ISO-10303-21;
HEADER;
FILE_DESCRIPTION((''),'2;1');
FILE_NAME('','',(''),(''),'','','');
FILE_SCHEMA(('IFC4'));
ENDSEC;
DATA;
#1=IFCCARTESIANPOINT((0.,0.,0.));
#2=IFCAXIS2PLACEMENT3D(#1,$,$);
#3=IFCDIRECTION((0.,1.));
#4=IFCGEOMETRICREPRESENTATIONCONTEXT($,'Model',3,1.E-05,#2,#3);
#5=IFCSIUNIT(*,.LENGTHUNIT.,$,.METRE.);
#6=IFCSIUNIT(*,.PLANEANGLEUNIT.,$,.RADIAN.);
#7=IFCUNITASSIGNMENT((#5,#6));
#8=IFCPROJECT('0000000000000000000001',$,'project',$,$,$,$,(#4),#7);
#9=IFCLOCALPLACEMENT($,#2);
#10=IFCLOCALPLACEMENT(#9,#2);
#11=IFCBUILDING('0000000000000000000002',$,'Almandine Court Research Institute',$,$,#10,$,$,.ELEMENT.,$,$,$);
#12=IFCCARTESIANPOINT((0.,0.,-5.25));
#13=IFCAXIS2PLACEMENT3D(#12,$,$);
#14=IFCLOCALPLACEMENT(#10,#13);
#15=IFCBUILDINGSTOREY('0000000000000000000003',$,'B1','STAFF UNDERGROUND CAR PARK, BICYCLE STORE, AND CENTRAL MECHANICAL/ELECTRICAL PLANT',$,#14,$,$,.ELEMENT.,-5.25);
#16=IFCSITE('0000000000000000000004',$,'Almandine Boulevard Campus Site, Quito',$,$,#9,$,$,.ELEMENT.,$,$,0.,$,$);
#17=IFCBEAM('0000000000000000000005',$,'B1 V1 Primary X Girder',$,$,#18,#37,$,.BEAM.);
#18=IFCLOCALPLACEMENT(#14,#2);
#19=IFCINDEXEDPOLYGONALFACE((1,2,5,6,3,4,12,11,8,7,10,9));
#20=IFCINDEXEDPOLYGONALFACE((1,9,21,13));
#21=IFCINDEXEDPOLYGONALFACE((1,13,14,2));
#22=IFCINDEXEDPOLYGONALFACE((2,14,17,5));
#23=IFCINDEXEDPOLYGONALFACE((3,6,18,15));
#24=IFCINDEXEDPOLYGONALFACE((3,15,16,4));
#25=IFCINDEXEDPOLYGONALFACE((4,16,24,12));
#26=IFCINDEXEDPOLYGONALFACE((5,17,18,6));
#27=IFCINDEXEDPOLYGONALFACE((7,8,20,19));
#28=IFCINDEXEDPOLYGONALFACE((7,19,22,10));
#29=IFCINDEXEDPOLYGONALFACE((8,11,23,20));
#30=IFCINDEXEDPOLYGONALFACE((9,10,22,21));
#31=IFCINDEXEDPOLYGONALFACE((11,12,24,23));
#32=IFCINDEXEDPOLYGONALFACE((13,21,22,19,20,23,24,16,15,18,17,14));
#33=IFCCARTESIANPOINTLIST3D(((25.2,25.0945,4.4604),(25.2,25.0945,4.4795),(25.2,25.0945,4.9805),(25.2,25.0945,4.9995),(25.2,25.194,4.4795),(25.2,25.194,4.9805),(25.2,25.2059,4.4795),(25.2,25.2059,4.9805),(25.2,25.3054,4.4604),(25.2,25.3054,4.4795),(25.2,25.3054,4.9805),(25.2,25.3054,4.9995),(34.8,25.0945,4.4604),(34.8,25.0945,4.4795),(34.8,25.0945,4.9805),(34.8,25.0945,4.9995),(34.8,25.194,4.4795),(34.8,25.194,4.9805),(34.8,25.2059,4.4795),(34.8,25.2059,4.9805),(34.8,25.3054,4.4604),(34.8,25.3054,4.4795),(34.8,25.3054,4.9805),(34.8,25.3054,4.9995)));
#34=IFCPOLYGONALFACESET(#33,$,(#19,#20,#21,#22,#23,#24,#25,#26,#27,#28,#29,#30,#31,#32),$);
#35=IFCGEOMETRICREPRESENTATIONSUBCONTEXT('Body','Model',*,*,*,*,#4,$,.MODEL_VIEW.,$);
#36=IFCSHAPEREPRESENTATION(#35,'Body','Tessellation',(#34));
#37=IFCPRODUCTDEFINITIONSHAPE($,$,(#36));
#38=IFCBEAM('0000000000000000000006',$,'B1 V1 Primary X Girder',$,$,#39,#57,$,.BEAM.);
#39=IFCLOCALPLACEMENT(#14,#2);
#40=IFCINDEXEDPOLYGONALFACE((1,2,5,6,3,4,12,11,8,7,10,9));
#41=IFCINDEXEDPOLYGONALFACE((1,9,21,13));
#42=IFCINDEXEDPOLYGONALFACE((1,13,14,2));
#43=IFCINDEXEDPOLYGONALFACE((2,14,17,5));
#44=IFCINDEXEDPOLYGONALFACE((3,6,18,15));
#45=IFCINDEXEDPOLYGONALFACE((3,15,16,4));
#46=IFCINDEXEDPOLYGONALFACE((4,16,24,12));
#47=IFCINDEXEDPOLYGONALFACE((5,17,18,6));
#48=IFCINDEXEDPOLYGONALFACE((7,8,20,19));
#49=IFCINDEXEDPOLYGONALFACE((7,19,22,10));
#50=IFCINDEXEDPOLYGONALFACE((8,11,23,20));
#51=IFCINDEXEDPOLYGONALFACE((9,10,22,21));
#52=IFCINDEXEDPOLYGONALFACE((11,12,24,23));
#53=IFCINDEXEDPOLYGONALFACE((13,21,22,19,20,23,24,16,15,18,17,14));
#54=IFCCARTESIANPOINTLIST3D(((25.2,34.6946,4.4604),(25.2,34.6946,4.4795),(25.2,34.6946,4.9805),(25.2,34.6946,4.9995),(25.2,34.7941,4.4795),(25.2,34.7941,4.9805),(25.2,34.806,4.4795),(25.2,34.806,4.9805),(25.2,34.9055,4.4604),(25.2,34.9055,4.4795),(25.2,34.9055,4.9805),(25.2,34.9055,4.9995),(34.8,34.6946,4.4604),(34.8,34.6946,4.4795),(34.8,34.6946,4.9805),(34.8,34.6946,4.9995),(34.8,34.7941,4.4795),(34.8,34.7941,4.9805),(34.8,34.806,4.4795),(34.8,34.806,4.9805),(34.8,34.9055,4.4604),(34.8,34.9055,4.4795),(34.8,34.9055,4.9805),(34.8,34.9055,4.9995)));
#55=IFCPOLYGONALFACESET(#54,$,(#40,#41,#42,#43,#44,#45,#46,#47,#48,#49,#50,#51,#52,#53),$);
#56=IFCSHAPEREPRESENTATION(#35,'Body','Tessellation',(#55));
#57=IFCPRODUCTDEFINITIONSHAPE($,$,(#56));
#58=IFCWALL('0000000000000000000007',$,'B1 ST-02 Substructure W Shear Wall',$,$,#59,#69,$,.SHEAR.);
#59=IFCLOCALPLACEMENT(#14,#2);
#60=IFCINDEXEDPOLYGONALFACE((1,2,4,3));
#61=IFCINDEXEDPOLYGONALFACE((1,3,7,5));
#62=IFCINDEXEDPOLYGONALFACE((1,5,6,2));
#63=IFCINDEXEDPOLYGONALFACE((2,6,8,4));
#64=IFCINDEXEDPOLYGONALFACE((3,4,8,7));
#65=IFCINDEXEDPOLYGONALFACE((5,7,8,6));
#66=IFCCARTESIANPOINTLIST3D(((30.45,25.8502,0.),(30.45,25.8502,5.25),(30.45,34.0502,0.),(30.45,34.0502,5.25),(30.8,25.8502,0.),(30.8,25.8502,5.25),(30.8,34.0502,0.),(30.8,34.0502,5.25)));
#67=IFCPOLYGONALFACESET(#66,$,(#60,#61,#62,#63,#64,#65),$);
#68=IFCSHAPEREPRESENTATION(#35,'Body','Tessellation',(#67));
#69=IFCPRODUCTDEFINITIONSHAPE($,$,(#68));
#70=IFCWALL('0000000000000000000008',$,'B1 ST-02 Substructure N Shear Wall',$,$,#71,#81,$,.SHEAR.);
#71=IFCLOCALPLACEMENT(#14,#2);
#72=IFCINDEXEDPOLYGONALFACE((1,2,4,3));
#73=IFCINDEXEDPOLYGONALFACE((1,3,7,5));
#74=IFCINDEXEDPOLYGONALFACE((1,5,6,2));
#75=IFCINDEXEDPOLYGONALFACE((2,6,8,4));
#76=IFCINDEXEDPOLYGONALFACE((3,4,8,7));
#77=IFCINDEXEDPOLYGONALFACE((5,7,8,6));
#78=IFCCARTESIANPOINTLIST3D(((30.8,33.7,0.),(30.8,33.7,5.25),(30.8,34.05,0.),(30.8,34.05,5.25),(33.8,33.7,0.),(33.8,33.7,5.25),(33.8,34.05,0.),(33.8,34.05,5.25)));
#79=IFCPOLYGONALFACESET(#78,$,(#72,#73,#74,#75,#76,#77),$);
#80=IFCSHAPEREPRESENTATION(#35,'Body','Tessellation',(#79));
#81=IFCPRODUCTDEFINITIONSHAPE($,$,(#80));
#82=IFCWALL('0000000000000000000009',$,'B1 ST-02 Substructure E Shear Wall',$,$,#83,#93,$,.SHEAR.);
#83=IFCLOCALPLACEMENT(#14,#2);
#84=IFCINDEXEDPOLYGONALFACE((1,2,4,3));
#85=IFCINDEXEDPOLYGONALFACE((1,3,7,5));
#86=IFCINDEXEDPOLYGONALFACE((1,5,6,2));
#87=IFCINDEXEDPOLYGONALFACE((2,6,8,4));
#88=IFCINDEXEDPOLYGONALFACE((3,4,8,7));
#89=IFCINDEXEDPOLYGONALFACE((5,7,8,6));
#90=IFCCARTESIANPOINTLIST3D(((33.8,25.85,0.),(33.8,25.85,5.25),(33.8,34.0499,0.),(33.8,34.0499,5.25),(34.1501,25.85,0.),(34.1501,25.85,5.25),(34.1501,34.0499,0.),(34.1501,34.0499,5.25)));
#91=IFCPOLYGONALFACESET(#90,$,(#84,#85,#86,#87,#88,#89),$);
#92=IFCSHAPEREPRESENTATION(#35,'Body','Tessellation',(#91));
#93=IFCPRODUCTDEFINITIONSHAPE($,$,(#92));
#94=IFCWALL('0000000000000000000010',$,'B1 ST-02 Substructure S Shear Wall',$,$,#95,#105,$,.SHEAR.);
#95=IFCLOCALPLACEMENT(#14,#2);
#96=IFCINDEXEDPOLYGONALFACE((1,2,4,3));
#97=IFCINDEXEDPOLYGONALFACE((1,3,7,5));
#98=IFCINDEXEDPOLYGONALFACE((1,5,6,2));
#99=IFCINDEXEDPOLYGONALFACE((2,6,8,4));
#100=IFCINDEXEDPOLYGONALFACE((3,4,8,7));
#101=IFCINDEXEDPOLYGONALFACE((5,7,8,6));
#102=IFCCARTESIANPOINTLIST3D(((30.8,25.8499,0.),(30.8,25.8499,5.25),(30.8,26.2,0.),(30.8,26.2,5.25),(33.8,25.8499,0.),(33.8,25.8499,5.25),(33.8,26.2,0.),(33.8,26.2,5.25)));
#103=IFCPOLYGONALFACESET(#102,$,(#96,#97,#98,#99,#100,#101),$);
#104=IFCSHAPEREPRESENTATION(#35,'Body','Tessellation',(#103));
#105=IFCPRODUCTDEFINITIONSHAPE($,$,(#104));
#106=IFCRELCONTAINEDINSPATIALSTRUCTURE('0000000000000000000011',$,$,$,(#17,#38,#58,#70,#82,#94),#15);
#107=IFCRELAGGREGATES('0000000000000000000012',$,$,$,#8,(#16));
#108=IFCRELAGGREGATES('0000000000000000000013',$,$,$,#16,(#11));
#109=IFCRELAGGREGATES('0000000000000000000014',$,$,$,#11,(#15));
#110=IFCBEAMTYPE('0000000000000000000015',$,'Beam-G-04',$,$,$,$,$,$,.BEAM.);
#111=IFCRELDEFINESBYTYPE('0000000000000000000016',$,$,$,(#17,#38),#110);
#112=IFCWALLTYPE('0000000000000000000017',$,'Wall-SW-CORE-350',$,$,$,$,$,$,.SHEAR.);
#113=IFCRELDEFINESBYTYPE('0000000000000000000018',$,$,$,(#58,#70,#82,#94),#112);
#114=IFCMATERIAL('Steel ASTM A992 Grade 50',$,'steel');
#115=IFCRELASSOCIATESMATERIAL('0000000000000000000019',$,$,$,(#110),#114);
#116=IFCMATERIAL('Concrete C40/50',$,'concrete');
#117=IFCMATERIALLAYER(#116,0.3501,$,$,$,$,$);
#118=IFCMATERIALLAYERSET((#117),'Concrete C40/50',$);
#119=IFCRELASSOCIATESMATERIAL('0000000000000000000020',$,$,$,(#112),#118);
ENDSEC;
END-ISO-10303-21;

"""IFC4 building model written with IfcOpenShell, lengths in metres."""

from ifc_helpers import new_model, si_unit, direction, frame, frame_2d, origin, origin_2d, place, context, subcontext, project, spatial, rectangle, i_section, extrude, material, layer, layer_set, material_profile, profile_set, type_object, element, save


model = new_model("IFC4")

# Units and contexts
model_context = context("Model", 3, precision=1e-05, world=origin(), true_north=direction((0.0, 1.0)))
body_context = subcontext(model_context, "Body", "Model", "MODEL_VIEW")
ifc_project = project(units=[si_unit("LENGTHUNIT", "METRE"), si_unit("PLANEANGLEUNIT", "RADIAN")], contexts=[model_context])

# Site, building, storey
site_placement = place(None, origin())
site = spatial("IfcSite", under=ifc_project, at=site_placement, Name="Almandine Boulevard Campus Site, Quito", CompositionType="ELEMENT", RefElevation=0.0)
building_placement = place(site_placement, origin())
building = spatial("IfcBuilding", under=site, at=building_placement, Name="Almandine Court Research Institute", CompositionType="ELEMENT")
storey_placement = place(building_placement, frame((0.0, 0.0, -5.25)))
storey = spatial("IfcBuildingStorey", under=building, at=storey_placement, Name="B1", Description="STAFF UNDERGROUND CAR PARK, BICYCLE STORE, AND CENTRAL MECHANICAL/ELECTRICAL PLANT", CompositionType="ELEMENT", Elevation=-5.25)

# Shared definitions
ifc_material_1 = material(Name="Concrete C40/50", Category="concrete")
ifc_material_2 = material(Name="Steel ASTM A992 Grade 50", Category="steel")

# Beams
ifc_material_profile_1 = material_profile(ifc_material_2, i_section(OverallWidth=0.2109, OverallDepth=0.5391, WebThickness=0.012, FlangeThickness=0.019, at=origin_2d()), Name="W530x109")
ifc_profile_set_1 = profile_set([ifc_material_profile_1], Name="Steel ASTM A992 Grade 50")
beam_type_1 = type_object("IfcBeamType", Name="Beam-G-04", PredefinedType="BEAM", material=ifc_profile_set_1)
for number, where, z_axis, x_axis, name in (
    (1, (25.2, 25.2, 4.73), (1.0, 0.0, 0.0), (0.0, 1.0, 0.0), "B1 V1 Primary X Girder"),
    (2, (25.2, 34.8, 4.73), (1.0, 0.0, 0.0), (0.0, 1.0, 0.0), "B1 V1 Primary X Girder"),
):
    element("IfcBeam", number, at=place(storey_placement, frame(where, z_axis=z_axis, x_axis=x_axis)), inside=storey, type_object=beam_type_1, Name=name, PredefinedType="BEAM", context=body_context, shape_type="SweptSolid", body=[
        extrude(i_section(OverallWidth=0.2109, OverallDepth=0.5391, WebThickness=0.012, FlangeThickness=0.019, at=origin_2d()), origin(), (0.0, 0.0, 1.0), 9.6001),
    ])

# Walls
ifc_layer = layer(ifc_material_1, 0.3501)
ifc_layer_set = layer_set([ifc_layer], Name="Concrete C40/50")
wall_type = type_object("IfcWallType", Name="Wall-SW-CORE-350", PredefinedType="SHEAR", material=ifc_layer_set)
wall_1_placement = place(storey_placement, frame((30.625, 25.8501, 0.0), z_axis=(0.0, 0.0, 1.0), x_axis=(0.0, 1.0, 0.0)))
element("IfcWall", 3, at=wall_1_placement, inside=storey, type_object=wall_type, Name="B1 ST-02 Substructure W Shear Wall", PredefinedType="SHEAR", context=body_context, shape_type="SweptSolid", body=[
    extrude(rectangle(XDim=8.2, YDim=0.3501, at=frame_2d((4.1001, 0.0))), origin(), (0.0, 0.0, 1.0), 5.25),
])
wall_2_placement = place(storey_placement, frame((30.8, 33.875, 0.0), z_axis=(0.0, 0.0, 1.0), x_axis=(1.0, 0.0, 0.0)))
element("IfcWall", 4, at=wall_2_placement, inside=storey, type_object=wall_type, Name="B1 ST-02 Substructure N Shear Wall", PredefinedType="SHEAR", context=body_context, shape_type="SweptSolid", body=[
    extrude(rectangle(XDim=3.0, YDim=0.3501, at=frame_2d((1.5, 0.0))), origin(), (0.0, 0.0, 1.0), 5.25),
])
wall_3_placement = place(storey_placement, frame((33.9751, 34.05, 0.0), z_axis=(0.0, 0.0, 1.0), x_axis=(0.0, -1.0, 0.0)))
element("IfcWall", 5, at=wall_3_placement, inside=storey, type_object=wall_type, Name="B1 ST-02 Substructure E Shear Wall", PredefinedType="SHEAR", context=body_context, shape_type="SweptSolid", body=[
    extrude(rectangle(XDim=8.2, YDim=0.3501, at=frame_2d((4.1001, 0.0))), origin(), (0.0, 0.0, 1.0), 5.25),
])
wall_4_placement = place(storey_placement, frame((33.8, 26.0249, 0.0), z_axis=(0.0, 0.0, 1.0), x_axis=(-1.0, 0.0, 0.0)))
element("IfcWall", 6, at=wall_4_placement, inside=storey, type_object=wall_type, Name="B1 ST-02 Substructure S Shear Wall", PredefinedType="SHEAR", context=body_context, shape_type="SweptSolid", body=[
    extrude(rectangle(XDim=3.0, YDim=0.3501, at=frame_2d((1.5, 0.0))), origin(), (0.0, 0.0, 1.0), 5.25),
])

save(model, "model.ifc")
